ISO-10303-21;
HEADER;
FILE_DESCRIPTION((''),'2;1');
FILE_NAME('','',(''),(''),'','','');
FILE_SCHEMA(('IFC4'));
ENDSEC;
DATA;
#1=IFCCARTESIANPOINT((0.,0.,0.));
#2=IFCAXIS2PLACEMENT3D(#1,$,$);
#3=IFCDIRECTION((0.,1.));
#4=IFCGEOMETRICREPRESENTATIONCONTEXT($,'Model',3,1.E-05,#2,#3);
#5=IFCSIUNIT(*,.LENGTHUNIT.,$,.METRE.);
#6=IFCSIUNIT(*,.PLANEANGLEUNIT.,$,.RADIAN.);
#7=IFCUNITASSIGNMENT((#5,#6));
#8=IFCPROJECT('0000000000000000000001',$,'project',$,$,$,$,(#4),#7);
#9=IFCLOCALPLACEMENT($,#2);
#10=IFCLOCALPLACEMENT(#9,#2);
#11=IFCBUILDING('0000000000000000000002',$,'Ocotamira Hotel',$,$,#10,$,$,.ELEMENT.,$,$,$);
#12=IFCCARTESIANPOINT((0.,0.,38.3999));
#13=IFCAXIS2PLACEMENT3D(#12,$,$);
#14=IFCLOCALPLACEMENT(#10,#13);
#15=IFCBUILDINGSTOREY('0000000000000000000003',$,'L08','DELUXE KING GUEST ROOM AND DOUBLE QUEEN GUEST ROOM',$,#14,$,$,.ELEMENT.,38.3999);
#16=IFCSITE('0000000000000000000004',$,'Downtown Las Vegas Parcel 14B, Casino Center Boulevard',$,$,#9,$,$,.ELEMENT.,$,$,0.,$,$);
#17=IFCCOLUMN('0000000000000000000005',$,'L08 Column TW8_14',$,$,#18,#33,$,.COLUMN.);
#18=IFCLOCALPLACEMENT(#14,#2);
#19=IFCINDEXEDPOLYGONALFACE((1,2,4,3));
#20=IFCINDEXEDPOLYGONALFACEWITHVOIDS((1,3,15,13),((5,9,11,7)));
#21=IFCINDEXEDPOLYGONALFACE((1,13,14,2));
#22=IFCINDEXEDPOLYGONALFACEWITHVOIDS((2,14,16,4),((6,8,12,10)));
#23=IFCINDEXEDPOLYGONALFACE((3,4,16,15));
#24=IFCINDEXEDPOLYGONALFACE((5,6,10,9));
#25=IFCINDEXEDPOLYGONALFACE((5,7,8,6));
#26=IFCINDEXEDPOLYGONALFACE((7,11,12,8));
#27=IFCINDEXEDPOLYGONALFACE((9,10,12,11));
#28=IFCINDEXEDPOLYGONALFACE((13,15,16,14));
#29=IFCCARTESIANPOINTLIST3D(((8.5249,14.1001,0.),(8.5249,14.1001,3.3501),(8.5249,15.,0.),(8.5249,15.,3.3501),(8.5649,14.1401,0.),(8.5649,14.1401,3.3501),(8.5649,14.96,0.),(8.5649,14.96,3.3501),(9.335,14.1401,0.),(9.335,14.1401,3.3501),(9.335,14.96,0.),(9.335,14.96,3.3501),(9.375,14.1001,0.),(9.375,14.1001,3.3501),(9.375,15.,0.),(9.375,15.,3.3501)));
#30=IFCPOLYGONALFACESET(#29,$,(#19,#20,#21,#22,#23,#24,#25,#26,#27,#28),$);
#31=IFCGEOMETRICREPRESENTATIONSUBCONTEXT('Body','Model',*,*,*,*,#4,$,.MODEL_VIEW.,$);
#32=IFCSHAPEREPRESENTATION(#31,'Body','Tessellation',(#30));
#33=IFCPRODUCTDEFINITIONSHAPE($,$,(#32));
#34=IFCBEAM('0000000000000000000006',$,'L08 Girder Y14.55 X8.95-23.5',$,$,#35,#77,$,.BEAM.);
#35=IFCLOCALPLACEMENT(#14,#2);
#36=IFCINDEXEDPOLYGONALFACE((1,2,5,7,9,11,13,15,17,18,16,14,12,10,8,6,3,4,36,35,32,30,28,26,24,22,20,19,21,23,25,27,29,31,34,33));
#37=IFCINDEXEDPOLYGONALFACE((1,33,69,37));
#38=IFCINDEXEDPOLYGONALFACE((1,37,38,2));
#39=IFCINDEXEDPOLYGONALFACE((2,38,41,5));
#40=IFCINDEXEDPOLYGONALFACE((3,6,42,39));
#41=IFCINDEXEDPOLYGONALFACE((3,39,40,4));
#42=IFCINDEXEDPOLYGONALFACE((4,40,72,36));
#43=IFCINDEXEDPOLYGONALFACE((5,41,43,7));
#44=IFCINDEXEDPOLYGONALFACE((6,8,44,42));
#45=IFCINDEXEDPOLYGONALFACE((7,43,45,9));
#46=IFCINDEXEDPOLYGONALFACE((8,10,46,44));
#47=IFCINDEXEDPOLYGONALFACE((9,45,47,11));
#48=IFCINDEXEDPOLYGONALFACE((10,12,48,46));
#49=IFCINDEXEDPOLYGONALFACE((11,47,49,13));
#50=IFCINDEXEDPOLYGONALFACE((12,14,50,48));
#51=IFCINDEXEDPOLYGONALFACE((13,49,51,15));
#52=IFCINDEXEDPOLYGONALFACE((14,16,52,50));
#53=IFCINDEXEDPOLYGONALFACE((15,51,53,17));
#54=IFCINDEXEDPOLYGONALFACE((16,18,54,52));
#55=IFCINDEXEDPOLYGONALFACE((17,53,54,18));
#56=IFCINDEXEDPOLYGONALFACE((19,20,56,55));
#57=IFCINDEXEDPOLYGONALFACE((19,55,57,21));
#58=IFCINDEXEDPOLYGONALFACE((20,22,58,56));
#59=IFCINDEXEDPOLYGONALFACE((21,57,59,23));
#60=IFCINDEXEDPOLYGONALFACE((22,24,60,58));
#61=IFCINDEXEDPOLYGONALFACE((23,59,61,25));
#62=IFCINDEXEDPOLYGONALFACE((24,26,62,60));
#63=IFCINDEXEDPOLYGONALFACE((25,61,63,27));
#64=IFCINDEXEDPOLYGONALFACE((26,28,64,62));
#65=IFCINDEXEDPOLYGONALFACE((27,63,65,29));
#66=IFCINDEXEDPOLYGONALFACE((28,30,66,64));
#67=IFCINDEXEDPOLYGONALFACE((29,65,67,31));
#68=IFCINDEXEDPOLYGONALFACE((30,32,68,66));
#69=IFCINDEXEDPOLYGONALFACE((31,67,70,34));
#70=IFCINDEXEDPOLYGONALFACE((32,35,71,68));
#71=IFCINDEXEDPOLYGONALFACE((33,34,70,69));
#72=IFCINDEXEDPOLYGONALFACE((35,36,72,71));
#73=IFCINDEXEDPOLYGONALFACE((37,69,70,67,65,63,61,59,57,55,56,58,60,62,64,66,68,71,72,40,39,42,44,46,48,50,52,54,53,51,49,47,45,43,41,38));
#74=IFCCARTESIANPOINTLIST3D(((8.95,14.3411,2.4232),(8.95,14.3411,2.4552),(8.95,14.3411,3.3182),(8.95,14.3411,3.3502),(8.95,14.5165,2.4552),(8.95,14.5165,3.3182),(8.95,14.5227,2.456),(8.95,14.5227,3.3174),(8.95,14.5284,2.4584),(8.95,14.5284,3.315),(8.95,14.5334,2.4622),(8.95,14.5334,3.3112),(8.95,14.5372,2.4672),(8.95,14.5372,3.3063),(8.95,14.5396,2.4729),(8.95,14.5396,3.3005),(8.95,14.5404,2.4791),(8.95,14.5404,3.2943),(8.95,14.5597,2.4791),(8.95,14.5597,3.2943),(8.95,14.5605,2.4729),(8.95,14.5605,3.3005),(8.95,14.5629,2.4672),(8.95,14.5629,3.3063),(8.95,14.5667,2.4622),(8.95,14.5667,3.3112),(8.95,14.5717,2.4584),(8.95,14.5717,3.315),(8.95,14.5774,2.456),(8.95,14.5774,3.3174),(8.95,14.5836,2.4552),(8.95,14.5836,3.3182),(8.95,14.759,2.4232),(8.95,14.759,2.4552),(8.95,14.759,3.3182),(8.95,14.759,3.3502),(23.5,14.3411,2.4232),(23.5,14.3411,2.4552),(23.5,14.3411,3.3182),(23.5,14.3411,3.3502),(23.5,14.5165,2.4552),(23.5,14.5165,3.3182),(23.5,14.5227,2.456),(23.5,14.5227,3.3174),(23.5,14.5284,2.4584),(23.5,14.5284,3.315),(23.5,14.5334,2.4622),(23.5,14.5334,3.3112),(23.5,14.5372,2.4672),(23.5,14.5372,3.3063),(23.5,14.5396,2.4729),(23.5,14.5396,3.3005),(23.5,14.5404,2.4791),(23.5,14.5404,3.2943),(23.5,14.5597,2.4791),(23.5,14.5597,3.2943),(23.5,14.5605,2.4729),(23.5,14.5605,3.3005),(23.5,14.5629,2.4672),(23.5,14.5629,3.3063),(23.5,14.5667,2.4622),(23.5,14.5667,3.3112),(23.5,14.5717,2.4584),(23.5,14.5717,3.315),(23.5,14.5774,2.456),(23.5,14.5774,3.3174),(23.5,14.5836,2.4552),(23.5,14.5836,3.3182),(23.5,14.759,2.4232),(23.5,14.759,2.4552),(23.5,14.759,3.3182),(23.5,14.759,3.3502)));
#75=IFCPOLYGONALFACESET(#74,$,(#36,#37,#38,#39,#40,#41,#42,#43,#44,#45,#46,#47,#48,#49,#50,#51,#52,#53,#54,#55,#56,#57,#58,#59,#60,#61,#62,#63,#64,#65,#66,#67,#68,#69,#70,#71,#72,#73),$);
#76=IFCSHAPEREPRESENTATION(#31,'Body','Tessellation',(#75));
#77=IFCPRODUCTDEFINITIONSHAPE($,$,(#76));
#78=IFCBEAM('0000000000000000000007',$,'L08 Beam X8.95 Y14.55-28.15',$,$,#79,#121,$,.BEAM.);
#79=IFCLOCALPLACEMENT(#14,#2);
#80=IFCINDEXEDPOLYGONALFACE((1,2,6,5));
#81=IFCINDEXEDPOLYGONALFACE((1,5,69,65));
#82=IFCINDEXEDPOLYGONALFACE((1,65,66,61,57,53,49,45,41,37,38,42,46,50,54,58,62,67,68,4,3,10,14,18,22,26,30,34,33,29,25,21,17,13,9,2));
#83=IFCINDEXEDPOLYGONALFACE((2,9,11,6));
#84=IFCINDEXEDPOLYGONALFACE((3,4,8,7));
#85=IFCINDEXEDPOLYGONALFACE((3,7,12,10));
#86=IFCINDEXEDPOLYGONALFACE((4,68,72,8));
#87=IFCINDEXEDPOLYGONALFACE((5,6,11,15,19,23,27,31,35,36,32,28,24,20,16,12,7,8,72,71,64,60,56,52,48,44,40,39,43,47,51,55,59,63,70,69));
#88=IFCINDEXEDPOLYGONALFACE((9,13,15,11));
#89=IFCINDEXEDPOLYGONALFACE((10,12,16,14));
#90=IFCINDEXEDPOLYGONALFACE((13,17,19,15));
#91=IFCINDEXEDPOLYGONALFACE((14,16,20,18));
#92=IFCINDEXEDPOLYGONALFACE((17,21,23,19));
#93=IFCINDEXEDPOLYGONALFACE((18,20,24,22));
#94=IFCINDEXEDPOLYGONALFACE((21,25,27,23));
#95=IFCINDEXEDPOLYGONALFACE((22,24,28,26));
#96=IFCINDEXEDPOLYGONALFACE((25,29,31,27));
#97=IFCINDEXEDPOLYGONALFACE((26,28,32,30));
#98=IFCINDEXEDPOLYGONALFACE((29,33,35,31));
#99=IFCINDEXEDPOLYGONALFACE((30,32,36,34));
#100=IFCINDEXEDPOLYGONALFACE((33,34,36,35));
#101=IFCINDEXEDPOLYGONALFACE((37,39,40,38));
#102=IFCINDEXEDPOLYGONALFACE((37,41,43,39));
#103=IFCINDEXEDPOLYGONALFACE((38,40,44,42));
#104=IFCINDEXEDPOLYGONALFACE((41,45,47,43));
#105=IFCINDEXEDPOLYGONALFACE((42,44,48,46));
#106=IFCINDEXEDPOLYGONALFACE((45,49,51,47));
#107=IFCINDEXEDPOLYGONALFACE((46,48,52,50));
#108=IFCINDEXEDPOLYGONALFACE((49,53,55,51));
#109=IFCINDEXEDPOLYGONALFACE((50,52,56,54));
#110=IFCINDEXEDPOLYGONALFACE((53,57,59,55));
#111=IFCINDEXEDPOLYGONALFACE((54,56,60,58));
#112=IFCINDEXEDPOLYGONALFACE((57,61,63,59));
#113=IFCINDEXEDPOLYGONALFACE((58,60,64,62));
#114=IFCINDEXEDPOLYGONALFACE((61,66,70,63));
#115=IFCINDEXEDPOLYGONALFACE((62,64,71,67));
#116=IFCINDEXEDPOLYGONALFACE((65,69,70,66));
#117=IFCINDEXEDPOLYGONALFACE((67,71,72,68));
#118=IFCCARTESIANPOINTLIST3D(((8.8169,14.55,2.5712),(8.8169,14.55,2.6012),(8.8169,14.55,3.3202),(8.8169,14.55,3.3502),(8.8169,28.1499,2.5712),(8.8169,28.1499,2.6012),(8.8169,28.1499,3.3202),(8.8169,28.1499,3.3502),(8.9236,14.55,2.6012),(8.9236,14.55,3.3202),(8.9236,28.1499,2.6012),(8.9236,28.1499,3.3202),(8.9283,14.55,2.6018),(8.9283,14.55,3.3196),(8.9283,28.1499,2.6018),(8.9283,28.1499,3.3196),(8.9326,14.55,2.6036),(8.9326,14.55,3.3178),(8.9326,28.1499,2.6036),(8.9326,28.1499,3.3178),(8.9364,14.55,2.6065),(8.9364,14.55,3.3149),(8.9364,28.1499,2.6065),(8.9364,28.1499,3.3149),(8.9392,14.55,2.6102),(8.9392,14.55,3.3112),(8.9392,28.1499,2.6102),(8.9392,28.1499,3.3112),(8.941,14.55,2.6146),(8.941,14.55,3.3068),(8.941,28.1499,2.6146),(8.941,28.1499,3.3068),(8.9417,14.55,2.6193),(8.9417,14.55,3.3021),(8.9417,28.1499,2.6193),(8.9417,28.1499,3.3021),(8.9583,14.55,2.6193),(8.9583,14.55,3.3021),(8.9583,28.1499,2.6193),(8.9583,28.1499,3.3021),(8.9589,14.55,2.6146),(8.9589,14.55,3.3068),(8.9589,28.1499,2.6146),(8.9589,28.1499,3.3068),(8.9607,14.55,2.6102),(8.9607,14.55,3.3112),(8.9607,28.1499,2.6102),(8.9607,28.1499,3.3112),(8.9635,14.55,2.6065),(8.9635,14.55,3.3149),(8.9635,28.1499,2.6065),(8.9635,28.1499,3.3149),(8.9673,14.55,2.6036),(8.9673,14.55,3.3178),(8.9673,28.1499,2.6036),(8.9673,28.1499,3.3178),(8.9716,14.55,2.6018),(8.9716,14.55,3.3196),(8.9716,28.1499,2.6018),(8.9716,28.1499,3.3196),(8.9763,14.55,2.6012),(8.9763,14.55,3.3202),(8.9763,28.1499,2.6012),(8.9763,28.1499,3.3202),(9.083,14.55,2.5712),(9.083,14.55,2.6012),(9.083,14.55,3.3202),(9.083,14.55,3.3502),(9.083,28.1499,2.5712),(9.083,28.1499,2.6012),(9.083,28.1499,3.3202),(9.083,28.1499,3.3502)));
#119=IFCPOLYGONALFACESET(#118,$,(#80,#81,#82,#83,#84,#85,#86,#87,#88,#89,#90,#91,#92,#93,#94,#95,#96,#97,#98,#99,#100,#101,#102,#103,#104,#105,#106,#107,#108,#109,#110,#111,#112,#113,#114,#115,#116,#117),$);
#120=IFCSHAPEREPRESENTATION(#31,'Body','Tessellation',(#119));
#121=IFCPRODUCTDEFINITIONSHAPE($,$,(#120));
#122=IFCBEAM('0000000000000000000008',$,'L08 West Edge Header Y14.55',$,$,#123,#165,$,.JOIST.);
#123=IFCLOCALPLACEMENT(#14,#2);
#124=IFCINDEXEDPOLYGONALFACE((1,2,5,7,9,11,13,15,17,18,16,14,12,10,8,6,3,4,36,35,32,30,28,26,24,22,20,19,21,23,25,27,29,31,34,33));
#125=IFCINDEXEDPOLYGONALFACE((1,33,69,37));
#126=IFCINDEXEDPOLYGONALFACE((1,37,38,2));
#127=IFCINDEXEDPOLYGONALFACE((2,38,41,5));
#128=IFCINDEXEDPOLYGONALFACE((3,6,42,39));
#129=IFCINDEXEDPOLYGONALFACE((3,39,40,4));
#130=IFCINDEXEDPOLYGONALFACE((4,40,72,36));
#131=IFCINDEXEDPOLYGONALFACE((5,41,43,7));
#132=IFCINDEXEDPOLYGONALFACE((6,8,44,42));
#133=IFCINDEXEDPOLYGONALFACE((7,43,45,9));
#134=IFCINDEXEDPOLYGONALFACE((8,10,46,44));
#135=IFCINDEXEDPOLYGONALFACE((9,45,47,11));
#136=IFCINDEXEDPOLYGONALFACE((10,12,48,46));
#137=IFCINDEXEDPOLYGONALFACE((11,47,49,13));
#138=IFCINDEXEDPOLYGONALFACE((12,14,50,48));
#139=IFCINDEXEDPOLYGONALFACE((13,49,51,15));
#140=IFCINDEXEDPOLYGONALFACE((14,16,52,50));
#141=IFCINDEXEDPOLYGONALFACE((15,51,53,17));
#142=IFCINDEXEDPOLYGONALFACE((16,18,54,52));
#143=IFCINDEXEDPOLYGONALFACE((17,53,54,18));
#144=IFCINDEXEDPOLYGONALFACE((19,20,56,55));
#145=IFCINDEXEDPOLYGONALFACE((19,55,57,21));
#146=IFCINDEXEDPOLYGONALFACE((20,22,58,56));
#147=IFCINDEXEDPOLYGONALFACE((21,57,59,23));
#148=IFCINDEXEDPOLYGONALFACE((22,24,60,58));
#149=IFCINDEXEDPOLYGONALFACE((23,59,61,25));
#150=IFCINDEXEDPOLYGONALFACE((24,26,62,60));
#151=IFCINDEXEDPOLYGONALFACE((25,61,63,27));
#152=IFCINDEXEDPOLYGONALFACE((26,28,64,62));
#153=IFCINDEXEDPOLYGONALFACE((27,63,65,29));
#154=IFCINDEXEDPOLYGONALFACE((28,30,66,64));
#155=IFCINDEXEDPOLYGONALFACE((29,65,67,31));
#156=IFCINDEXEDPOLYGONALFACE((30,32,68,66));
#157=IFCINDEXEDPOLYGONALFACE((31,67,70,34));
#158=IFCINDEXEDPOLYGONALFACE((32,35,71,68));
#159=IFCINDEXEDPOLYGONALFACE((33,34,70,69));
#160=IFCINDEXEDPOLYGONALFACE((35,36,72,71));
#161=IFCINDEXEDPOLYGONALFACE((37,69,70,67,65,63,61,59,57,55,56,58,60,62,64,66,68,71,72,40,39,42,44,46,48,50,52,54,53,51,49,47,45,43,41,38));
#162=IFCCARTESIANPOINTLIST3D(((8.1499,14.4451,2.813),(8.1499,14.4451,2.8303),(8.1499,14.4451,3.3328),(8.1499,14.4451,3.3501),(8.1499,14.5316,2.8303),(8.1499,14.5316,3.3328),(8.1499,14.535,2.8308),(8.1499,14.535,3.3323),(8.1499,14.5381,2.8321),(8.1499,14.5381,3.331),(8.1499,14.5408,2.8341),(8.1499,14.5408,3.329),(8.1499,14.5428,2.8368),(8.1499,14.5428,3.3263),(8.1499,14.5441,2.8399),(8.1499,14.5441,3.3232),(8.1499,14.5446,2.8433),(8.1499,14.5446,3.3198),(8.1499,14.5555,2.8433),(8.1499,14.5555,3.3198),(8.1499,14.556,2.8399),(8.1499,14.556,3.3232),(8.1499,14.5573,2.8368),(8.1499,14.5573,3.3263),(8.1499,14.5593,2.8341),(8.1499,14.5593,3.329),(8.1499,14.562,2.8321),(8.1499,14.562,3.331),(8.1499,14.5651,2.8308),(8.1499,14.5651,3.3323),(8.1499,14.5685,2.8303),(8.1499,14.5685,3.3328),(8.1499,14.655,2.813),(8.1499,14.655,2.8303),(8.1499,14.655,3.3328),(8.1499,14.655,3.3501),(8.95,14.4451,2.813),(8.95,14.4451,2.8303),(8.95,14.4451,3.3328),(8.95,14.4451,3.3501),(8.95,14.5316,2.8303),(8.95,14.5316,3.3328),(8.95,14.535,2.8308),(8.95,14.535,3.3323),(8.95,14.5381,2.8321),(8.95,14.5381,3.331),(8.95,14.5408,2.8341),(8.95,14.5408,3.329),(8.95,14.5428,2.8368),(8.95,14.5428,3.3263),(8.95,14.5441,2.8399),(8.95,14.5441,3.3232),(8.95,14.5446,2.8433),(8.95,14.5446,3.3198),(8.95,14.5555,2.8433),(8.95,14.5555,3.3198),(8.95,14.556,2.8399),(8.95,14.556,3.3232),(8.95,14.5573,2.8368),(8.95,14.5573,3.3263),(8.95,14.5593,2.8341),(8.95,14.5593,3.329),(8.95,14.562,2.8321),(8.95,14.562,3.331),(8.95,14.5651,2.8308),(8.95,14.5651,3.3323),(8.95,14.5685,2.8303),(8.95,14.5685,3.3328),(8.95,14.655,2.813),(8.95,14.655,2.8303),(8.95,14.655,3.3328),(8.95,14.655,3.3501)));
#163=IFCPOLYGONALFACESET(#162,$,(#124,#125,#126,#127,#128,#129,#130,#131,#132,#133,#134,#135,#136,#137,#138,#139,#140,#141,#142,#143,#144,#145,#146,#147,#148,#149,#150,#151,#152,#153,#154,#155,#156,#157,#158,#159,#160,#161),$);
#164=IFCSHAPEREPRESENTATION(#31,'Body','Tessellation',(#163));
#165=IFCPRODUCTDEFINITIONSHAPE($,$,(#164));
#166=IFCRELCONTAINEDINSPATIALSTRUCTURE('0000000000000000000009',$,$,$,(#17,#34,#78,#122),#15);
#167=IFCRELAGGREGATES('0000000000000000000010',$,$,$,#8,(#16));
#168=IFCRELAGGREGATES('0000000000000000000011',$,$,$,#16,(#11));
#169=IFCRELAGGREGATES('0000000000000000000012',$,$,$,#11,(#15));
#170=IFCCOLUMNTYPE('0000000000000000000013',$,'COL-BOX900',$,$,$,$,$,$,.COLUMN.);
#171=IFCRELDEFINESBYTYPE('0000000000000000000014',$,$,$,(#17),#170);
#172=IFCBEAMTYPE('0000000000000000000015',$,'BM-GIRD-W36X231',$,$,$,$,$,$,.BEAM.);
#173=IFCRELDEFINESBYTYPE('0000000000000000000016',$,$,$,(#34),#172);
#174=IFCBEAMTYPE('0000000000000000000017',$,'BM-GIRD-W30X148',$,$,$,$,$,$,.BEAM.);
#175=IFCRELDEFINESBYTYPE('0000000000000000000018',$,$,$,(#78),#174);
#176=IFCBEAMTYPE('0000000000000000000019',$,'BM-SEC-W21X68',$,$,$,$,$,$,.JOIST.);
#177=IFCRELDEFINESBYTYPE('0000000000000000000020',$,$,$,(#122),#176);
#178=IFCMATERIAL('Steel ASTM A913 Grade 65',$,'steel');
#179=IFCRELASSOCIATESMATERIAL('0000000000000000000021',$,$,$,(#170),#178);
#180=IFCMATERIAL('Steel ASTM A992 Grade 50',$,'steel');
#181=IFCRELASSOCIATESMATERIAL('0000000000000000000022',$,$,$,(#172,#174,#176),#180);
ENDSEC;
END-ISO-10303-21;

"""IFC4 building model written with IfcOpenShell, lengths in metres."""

from ifc_helpers import new_model, si_unit, direction, frame, origin, origin_2d, place, context, subcontext, project, spatial, hollow_rectangle, i_section, extrude, source, transform, mapped, material, material_profile, profile_set, type_object, element, save


model = new_model("IFC4")

# Units and contexts
model_context = context("Model", 3, precision=1e-05, world=origin(), true_north=direction((0.0, 1.0)))
body_context = subcontext(model_context, "Body", "Model", "MODEL_VIEW")
ifc_project = project(units=[si_unit("LENGTHUNIT", "METRE"), si_unit("PLANEANGLEUNIT", "RADIAN")], contexts=[model_context])

# Site, building, storey
site_placement = place(None, origin())
site = spatial("IfcSite", under=ifc_project, at=site_placement, Name="Downtown Las Vegas Parcel 14B, Casino Center Boulevard", CompositionType="ELEMENT", RefElevation=0.0)
building_placement = place(site_placement, origin())
building = spatial("IfcBuilding", under=site, at=building_placement, Name="Ocotamira Hotel", CompositionType="ELEMENT")
storey_placement = place(building_placement, frame((0.0, 0.0, 38.3999)))
storey = spatial("IfcBuildingStorey", under=building, at=storey_placement, Name="L08", Description="DELUXE KING GUEST ROOM AND DOUBLE QUEEN GUEST ROOM", CompositionType="ELEMENT", Elevation=38.3999)

# Column
ifc_material_1 = material(Name="Steel ASTM A913 Grade 65", Category="steel")
ifc_material_profile_1 = material_profile(ifc_material_1, hollow_rectangle(XDim=0.8501, YDim=0.8999, WallThickness=0.04, at=origin_2d()), Name="BOX900X850X40")
ifc_profile_set_1 = profile_set([ifc_material_profile_1], Name="Steel ASTM A913 Grade 65")
column_type = type_object("IfcColumnType", Name="COL-BOX900", PredefinedType="COLUMN", material=ifc_profile_set_1)
shared_shape_1 = source(origin(), body_context, "Body", "SweptSolid", [
    extrude(hollow_rectangle(XDim=0.8501, YDim=0.8999, WallThickness=0.04, at=origin_2d()), origin(), (0.0, 0.0, 1.0), 3.3501),
])
column_placement = place(storey_placement, frame((8.95, 14.55, 0.0), z_axis=(0.0, 0.0, 1.0), x_axis=(1.0, 0.0, 0.0)))
element("IfcColumn", 1, at=column_placement, inside=storey, type_object=column_type, Name="L08 Column TW8_14", PredefinedType="COLUMN", context=body_context, shape_type="MappedRepresentation", body=[
    mapped(shared_shape_1, transform((0.0, 0.0, 0.0), scale=1.0)),
])

# Beams
ifc_material_2 = material(Name="Steel ASTM A992 Grade 50", Category="steel")
ifc_material_profile_2 = material_profile(ifc_material_2, i_section(OverallWidth=0.418, OverallDepth=0.927, WebThickness=0.0193, FlangeThickness=0.032, FilletRadius=0.0239, at=origin_2d()), Name="W36X231")
ifc_profile_set_2 = profile_set([ifc_material_profile_2], Name="Steel ASTM A992 Grade 50")
beam_type_1 = type_object("IfcBeamType", Name="BM-GIRD-W36X231", PredefinedType="BEAM", material=ifc_profile_set_2)
shared_shape_2 = source(origin(), body_context, "Body", "SweptSolid", [
    extrude(i_section(OverallWidth=0.418, OverallDepth=0.927, WebThickness=0.0193, FlangeThickness=0.032, FilletRadius=0.0239, at=origin_2d()), origin(), (0.0, 0.0, 1.0), 14.55),
])
beam_1_placement = place(storey_placement, frame((8.95, 14.55, 2.8867), z_axis=(1.0, 0.0, 0.0), x_axis=(0.0, 1.0, 0.0)))
element("IfcBeam", 2, at=beam_1_placement, inside=storey, type_object=beam_type_1, Name="L08 Girder Y14.55 X8.95-23.5", PredefinedType="BEAM", context=body_context, shape_type="MappedRepresentation", body=[
    mapped(shared_shape_2, transform((0.0, 0.0, 0.0), scale=1.0)),
])
ifc_material_profile_3 = material_profile(ifc_material_2, i_section(OverallWidth=0.2661, OverallDepth=0.7791, WebThickness=0.0166, FlangeThickness=0.03, FilletRadius=0.0181, at=origin_2d()), Name="W30X148")
ifc_profile_set_3 = profile_set([ifc_material_profile_3], Name="Steel ASTM A992 Grade 50")
beam_type_2 = type_object("IfcBeamType", Name="BM-GIRD-W30X148", PredefinedType="BEAM", material=ifc_profile_set_3)
shared_shape_3 = source(origin(), body_context, "Body", "SweptSolid", [
    extrude(i_section(OverallWidth=0.2661, OverallDepth=0.7791, WebThickness=0.0166, FlangeThickness=0.03, FilletRadius=0.0181, at=origin_2d()), origin(), (0.0, 0.0, 1.0), 13.5999),
])
beam_2_placement = place(storey_placement, frame((8.95, 14.55, 2.9607), z_axis=(0.0, 1.0, 0.0), x_axis=(-1.0, 0.0, 0.0)))
element("IfcBeam", 3, at=beam_2_placement, inside=storey, type_object=beam_type_2, Name="L08 Beam X8.95 Y14.55-28.15", PredefinedType="BEAM", context=body_context, shape_type="MappedRepresentation", body=[
    mapped(shared_shape_3, transform((0.0, 0.0, 0.0), scale=1.0)),
])
ifc_material_profile_4 = material_profile(ifc_material_2, i_section(OverallWidth=0.21, OverallDepth=0.5371, WebThickness=0.011, FlangeThickness=0.0173, FilletRadius=0.0129, at=origin_2d()), Name="W21X68")
ifc_profile_set_4 = profile_set([ifc_material_profile_4], Name="Steel ASTM A992 Grade 50")
beam_type_3 = type_object("IfcBeamType", Name="BM-SEC-W21X68", PredefinedType="JOIST", material=ifc_profile_set_4)
shared_shape_4 = source(origin(), body_context, "Body", "SweptSolid", [
    extrude(i_section(OverallWidth=0.21, OverallDepth=0.5371, WebThickness=0.011, FlangeThickness=0.0173, FilletRadius=0.0129, at=origin_2d()), origin(), (0.0, 0.0, 1.0), 0.8),
])
beam_3_placement = place(storey_placement, frame((8.95, 14.55, 3.0815), z_axis=(-1.0, 0.0, 0.0), x_axis=(0.0, -1.0, 0.0)))
element("IfcBeam", 4, at=beam_3_placement, inside=storey, type_object=beam_type_3, Name="L08 West Edge Header Y14.55", PredefinedType="JOIST", context=body_context, shape_type="MappedRepresentation", body=[
    mapped(shared_shape_4, transform((0.0, 0.0, 0.0), scale=1.0)),
])

save(model, "model.ifc")
